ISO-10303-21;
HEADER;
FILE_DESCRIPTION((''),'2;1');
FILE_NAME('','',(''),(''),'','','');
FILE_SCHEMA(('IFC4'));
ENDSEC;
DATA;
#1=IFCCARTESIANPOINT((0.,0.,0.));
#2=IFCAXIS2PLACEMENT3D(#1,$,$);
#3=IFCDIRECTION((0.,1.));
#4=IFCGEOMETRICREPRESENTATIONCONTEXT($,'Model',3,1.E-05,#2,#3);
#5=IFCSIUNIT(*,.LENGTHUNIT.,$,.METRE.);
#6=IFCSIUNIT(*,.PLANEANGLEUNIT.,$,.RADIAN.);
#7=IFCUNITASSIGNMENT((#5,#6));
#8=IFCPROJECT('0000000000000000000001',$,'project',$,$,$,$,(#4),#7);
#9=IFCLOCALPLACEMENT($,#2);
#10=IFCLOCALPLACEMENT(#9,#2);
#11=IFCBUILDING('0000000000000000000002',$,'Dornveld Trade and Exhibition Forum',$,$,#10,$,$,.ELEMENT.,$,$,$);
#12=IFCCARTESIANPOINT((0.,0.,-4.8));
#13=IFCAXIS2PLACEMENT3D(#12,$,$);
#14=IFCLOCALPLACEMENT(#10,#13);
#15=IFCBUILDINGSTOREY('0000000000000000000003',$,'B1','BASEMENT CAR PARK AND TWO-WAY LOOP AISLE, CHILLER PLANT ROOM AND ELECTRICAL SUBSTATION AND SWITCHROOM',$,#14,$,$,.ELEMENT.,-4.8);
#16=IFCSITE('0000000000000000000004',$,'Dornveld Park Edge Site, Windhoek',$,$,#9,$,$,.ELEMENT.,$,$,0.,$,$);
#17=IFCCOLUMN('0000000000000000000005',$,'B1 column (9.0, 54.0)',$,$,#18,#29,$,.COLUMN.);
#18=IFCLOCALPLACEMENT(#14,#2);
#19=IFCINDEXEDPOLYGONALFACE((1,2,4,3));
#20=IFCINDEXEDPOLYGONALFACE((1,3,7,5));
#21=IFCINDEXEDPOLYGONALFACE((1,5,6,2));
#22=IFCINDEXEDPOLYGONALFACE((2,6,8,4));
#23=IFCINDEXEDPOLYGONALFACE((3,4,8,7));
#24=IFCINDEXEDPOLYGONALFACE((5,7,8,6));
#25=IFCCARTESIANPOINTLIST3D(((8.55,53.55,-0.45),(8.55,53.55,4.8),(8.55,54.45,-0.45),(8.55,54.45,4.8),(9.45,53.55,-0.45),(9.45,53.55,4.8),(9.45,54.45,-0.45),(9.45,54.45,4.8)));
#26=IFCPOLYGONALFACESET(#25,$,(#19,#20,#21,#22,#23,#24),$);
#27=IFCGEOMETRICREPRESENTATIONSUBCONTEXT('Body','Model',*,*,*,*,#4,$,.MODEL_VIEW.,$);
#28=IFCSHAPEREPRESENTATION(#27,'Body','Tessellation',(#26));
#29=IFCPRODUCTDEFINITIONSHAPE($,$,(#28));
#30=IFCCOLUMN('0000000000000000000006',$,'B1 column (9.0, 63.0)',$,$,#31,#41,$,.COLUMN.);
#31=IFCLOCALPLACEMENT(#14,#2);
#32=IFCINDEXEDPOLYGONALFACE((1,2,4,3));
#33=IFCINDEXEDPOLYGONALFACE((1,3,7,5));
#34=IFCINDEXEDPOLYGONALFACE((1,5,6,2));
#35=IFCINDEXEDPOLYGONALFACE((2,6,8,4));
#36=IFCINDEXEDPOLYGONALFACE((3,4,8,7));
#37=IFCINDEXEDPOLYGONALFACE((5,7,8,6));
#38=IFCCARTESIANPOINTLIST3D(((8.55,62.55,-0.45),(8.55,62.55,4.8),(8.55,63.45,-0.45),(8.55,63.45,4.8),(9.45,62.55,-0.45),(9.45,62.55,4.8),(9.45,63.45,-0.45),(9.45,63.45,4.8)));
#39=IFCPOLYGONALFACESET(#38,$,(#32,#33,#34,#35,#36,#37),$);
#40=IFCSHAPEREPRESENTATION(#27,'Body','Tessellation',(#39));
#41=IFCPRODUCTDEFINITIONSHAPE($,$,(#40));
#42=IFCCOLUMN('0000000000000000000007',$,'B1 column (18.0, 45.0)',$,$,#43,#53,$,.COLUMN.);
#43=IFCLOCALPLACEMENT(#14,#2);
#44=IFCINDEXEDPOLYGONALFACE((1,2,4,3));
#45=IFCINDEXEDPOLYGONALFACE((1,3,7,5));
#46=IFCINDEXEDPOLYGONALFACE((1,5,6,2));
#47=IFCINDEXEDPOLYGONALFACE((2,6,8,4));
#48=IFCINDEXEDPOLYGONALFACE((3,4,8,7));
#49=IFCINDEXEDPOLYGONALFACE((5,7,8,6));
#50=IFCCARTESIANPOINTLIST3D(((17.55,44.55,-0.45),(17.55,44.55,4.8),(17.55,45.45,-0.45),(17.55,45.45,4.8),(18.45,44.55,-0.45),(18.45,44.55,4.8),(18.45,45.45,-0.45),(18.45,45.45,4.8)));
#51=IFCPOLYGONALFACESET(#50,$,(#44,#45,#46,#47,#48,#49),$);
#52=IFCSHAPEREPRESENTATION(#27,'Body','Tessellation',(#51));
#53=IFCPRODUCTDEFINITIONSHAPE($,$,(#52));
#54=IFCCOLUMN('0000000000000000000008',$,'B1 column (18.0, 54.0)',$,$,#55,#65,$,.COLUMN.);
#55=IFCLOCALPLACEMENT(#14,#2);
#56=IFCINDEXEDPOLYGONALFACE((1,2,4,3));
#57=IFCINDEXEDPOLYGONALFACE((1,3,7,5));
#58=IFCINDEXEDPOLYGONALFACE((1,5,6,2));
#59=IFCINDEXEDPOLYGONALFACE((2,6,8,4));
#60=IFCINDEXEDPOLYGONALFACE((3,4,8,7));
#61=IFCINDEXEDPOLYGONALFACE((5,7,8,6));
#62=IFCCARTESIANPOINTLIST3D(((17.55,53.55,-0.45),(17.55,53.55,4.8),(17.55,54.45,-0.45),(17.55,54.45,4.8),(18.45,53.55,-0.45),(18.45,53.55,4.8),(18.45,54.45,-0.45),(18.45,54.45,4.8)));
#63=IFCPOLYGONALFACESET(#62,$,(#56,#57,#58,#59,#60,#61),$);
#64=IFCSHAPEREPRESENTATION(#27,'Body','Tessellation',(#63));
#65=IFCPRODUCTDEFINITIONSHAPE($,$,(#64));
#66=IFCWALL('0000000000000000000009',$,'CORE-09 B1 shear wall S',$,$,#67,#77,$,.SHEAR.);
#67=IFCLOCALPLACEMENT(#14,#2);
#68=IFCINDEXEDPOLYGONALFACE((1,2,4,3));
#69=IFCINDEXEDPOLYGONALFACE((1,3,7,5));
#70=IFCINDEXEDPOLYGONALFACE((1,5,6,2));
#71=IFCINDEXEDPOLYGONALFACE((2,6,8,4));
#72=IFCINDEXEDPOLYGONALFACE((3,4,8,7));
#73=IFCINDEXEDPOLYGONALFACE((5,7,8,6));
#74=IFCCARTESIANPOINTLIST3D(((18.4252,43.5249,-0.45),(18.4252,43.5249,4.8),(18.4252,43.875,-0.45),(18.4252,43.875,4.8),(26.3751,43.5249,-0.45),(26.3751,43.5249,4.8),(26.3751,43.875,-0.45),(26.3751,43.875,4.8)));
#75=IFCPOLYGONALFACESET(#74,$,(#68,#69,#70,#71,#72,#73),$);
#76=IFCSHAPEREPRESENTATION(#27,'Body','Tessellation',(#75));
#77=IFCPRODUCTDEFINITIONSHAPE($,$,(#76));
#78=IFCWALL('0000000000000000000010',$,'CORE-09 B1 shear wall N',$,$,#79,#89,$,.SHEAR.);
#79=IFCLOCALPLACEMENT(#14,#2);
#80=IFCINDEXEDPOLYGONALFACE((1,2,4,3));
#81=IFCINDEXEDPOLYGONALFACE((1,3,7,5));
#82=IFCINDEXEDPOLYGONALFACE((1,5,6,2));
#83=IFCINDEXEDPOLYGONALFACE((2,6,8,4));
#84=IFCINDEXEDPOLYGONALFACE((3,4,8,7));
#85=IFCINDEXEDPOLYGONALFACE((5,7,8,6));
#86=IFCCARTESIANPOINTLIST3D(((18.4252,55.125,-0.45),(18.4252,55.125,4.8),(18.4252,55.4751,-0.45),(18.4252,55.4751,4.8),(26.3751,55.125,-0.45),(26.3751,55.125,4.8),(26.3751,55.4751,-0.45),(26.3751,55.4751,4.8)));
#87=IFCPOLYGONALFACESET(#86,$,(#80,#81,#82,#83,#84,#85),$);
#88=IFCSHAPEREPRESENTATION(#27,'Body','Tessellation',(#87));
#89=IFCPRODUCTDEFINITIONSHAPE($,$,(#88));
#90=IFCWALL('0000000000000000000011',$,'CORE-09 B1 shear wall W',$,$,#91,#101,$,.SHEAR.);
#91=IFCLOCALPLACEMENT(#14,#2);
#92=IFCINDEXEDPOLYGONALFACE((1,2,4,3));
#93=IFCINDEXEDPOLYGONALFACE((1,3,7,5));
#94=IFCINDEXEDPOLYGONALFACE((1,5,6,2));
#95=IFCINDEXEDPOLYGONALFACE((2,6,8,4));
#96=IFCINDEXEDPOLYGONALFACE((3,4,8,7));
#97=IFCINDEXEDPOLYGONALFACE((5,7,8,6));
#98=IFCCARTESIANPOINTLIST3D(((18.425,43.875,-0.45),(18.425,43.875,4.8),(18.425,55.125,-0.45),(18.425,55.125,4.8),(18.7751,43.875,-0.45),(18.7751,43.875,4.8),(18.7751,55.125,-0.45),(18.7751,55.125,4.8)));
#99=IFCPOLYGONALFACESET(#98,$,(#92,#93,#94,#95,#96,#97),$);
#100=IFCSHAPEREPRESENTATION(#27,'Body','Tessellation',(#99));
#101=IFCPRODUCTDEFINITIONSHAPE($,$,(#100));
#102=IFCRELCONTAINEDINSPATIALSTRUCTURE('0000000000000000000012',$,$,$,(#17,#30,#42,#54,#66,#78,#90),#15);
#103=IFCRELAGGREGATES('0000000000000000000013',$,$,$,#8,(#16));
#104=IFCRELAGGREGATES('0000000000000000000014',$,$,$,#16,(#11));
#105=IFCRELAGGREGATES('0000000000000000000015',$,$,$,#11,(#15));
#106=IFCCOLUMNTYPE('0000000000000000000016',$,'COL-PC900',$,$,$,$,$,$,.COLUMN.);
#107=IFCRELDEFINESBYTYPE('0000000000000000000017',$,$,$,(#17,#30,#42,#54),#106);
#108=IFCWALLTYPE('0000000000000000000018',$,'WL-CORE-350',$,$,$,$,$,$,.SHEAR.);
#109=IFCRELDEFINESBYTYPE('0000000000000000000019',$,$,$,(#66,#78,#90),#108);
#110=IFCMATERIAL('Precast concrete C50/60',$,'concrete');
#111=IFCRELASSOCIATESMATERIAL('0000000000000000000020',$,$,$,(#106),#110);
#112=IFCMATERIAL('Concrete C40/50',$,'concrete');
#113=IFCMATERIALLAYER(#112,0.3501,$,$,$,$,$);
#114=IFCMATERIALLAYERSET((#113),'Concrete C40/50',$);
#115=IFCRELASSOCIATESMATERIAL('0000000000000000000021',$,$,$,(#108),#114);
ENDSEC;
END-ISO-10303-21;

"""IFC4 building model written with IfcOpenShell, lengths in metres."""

from ifc_helpers import new_model, si_unit, direction, frame, frame_2d, origin, origin_2d, place, context, subcontext, project, spatial, rectangle, extrude, material, layer, layer_set, material_profile, profile_set, type_object, element, save


model = new_model("IFC4")

# Units and contexts
model_context = context("Model", 3, precision=1e-05, world=origin(), true_north=direction((0.0, 1.0)))
body_context = subcontext(model_context, "Body", "Model", "MODEL_VIEW")
ifc_project = project(units=[si_unit("LENGTHUNIT", "METRE"), si_unit("PLANEANGLEUNIT", "RADIAN")], contexts=[model_context])

# Site, building, storey
site_placement = place(None, origin())
site = spatial("IfcSite", under=ifc_project, at=site_placement, Name="Dornveld Park Edge Site, Windhoek", CompositionType="ELEMENT", RefElevation=0.0)
building_placement = place(site_placement, origin())
building = spatial("IfcBuilding", under=site, at=building_placement, Name="Dornveld Trade and Exhibition Forum", CompositionType="ELEMENT")
storey_placement = place(building_placement, frame((0.0, 0.0, -4.8)))
storey = spatial("IfcBuildingStorey", under=building, at=storey_placement, Name="B1", Description="BASEMENT CAR PARK AND TWO-WAY LOOP AISLE, CHILLER PLANT ROOM AND ELECTRICAL SUBSTATION AND SWITCHROOM", CompositionType="ELEMENT", Elevation=-4.8)

# Columns
ifc_material_1 = material(Name="Precast concrete C50/60", Category="concrete")
ifc_material_profile_1 = material_profile(ifc_material_1, rectangle(XDim=0.8999, YDim=0.8999, at=origin_2d()), Name="PC-COL 900x900")
ifc_profile_set_1 = profile_set([ifc_material_profile_1], Name="Precast concrete C50/60")
column_type_1 = type_object("IfcColumnType", Name="COL-PC900", PredefinedType="COLUMN", material=ifc_profile_set_1)
for number, where, z_axis, x_axis, name in (
    (1, (9.0, 54.0, -0.45), (0.0, 0.0, 1.0), (1.0, 0.0, 0.0), "B1 column (9.0, 54.0)"),
    (2, (9.0, 63.0, -0.45), (0.0, 0.0, 1.0), (1.0, 0.0, 0.0), "B1 column (9.0, 63.0)"),
    (3, (18.0, 45.0, -0.45), (0.0, 0.0, 1.0), (1.0, 0.0, 0.0), "B1 column (18.0, 45.0)"),
    (4, (18.0, 54.0, -0.45), (0.0, 0.0, 1.0), (1.0, 0.0, 0.0), "B1 column (18.0, 54.0)"),
):
    element("IfcColumn", number, at=place(storey_placement, frame(where, z_axis=z_axis, x_axis=x_axis)), inside=storey, type_object=column_type_1, Name=name, PredefinedType="COLUMN", context=body_context, shape_type="SweptSolid", body=[
        extrude(rectangle(XDim=0.8999, YDim=0.8999, at=origin_2d()), origin(), (0.0, 0.0, 1.0), 5.25),
    ])

# Walls
ifc_material_2 = material(Name="Concrete C40/50", Category="concrete")
ifc_layer = layer(ifc_material_2, 0.3501)
ifc_layer_set = layer_set([ifc_layer], Name="Concrete C40/50")
wall_type = type_object("IfcWallType", Name="WL-CORE-350", PredefinedType="SHEAR", material=ifc_layer_set)
for number, where, z_axis, x_axis, name in (
    (5, (18.425, 43.7, -0.45), (0.0, 0.0, 1.0), (1.0, 0.0, 0.0), "CORE-09 B1 shear wall S"),
    (6, (18.425, 55.3, -0.45), (0.0, 0.0, 1.0), (1.0, 0.0, 0.0), "CORE-09 B1 shear wall N"),
):
    element("IfcWall", number, at=place(storey_placement, frame(where, z_axis=z_axis, x_axis=x_axis)), inside=storey, type_object=wall_type, Name=name, PredefinedType="SHEAR", context=body_context, shape_type="SweptSolid", body=[
        extrude(rectangle(XDim=7.95, YDim=0.3501, at=frame_2d((3.9751, 0.0))), origin(), (0.0, 0.0, 1.0), 5.25),
    ])
wall_placement = place(storey_placement, frame((18.6001, 43.875, -0.45), z_axis=(0.0, 0.0, 1.0), x_axis=(0.0, 1.0, 0.0)))
element("IfcWall", 7, at=wall_placement, inside=storey, type_object=wall_type, Name="CORE-09 B1 shear wall W", PredefinedType="SHEAR", context=body_context, shape_type="SweptSolid", body=[
    extrude(rectangle(XDim=11.25, YDim=0.3501, at=frame_2d((5.625, 0.0))), origin(), (0.0, 0.0, 1.0), 5.25),
])

save(model, "model.ifc")
